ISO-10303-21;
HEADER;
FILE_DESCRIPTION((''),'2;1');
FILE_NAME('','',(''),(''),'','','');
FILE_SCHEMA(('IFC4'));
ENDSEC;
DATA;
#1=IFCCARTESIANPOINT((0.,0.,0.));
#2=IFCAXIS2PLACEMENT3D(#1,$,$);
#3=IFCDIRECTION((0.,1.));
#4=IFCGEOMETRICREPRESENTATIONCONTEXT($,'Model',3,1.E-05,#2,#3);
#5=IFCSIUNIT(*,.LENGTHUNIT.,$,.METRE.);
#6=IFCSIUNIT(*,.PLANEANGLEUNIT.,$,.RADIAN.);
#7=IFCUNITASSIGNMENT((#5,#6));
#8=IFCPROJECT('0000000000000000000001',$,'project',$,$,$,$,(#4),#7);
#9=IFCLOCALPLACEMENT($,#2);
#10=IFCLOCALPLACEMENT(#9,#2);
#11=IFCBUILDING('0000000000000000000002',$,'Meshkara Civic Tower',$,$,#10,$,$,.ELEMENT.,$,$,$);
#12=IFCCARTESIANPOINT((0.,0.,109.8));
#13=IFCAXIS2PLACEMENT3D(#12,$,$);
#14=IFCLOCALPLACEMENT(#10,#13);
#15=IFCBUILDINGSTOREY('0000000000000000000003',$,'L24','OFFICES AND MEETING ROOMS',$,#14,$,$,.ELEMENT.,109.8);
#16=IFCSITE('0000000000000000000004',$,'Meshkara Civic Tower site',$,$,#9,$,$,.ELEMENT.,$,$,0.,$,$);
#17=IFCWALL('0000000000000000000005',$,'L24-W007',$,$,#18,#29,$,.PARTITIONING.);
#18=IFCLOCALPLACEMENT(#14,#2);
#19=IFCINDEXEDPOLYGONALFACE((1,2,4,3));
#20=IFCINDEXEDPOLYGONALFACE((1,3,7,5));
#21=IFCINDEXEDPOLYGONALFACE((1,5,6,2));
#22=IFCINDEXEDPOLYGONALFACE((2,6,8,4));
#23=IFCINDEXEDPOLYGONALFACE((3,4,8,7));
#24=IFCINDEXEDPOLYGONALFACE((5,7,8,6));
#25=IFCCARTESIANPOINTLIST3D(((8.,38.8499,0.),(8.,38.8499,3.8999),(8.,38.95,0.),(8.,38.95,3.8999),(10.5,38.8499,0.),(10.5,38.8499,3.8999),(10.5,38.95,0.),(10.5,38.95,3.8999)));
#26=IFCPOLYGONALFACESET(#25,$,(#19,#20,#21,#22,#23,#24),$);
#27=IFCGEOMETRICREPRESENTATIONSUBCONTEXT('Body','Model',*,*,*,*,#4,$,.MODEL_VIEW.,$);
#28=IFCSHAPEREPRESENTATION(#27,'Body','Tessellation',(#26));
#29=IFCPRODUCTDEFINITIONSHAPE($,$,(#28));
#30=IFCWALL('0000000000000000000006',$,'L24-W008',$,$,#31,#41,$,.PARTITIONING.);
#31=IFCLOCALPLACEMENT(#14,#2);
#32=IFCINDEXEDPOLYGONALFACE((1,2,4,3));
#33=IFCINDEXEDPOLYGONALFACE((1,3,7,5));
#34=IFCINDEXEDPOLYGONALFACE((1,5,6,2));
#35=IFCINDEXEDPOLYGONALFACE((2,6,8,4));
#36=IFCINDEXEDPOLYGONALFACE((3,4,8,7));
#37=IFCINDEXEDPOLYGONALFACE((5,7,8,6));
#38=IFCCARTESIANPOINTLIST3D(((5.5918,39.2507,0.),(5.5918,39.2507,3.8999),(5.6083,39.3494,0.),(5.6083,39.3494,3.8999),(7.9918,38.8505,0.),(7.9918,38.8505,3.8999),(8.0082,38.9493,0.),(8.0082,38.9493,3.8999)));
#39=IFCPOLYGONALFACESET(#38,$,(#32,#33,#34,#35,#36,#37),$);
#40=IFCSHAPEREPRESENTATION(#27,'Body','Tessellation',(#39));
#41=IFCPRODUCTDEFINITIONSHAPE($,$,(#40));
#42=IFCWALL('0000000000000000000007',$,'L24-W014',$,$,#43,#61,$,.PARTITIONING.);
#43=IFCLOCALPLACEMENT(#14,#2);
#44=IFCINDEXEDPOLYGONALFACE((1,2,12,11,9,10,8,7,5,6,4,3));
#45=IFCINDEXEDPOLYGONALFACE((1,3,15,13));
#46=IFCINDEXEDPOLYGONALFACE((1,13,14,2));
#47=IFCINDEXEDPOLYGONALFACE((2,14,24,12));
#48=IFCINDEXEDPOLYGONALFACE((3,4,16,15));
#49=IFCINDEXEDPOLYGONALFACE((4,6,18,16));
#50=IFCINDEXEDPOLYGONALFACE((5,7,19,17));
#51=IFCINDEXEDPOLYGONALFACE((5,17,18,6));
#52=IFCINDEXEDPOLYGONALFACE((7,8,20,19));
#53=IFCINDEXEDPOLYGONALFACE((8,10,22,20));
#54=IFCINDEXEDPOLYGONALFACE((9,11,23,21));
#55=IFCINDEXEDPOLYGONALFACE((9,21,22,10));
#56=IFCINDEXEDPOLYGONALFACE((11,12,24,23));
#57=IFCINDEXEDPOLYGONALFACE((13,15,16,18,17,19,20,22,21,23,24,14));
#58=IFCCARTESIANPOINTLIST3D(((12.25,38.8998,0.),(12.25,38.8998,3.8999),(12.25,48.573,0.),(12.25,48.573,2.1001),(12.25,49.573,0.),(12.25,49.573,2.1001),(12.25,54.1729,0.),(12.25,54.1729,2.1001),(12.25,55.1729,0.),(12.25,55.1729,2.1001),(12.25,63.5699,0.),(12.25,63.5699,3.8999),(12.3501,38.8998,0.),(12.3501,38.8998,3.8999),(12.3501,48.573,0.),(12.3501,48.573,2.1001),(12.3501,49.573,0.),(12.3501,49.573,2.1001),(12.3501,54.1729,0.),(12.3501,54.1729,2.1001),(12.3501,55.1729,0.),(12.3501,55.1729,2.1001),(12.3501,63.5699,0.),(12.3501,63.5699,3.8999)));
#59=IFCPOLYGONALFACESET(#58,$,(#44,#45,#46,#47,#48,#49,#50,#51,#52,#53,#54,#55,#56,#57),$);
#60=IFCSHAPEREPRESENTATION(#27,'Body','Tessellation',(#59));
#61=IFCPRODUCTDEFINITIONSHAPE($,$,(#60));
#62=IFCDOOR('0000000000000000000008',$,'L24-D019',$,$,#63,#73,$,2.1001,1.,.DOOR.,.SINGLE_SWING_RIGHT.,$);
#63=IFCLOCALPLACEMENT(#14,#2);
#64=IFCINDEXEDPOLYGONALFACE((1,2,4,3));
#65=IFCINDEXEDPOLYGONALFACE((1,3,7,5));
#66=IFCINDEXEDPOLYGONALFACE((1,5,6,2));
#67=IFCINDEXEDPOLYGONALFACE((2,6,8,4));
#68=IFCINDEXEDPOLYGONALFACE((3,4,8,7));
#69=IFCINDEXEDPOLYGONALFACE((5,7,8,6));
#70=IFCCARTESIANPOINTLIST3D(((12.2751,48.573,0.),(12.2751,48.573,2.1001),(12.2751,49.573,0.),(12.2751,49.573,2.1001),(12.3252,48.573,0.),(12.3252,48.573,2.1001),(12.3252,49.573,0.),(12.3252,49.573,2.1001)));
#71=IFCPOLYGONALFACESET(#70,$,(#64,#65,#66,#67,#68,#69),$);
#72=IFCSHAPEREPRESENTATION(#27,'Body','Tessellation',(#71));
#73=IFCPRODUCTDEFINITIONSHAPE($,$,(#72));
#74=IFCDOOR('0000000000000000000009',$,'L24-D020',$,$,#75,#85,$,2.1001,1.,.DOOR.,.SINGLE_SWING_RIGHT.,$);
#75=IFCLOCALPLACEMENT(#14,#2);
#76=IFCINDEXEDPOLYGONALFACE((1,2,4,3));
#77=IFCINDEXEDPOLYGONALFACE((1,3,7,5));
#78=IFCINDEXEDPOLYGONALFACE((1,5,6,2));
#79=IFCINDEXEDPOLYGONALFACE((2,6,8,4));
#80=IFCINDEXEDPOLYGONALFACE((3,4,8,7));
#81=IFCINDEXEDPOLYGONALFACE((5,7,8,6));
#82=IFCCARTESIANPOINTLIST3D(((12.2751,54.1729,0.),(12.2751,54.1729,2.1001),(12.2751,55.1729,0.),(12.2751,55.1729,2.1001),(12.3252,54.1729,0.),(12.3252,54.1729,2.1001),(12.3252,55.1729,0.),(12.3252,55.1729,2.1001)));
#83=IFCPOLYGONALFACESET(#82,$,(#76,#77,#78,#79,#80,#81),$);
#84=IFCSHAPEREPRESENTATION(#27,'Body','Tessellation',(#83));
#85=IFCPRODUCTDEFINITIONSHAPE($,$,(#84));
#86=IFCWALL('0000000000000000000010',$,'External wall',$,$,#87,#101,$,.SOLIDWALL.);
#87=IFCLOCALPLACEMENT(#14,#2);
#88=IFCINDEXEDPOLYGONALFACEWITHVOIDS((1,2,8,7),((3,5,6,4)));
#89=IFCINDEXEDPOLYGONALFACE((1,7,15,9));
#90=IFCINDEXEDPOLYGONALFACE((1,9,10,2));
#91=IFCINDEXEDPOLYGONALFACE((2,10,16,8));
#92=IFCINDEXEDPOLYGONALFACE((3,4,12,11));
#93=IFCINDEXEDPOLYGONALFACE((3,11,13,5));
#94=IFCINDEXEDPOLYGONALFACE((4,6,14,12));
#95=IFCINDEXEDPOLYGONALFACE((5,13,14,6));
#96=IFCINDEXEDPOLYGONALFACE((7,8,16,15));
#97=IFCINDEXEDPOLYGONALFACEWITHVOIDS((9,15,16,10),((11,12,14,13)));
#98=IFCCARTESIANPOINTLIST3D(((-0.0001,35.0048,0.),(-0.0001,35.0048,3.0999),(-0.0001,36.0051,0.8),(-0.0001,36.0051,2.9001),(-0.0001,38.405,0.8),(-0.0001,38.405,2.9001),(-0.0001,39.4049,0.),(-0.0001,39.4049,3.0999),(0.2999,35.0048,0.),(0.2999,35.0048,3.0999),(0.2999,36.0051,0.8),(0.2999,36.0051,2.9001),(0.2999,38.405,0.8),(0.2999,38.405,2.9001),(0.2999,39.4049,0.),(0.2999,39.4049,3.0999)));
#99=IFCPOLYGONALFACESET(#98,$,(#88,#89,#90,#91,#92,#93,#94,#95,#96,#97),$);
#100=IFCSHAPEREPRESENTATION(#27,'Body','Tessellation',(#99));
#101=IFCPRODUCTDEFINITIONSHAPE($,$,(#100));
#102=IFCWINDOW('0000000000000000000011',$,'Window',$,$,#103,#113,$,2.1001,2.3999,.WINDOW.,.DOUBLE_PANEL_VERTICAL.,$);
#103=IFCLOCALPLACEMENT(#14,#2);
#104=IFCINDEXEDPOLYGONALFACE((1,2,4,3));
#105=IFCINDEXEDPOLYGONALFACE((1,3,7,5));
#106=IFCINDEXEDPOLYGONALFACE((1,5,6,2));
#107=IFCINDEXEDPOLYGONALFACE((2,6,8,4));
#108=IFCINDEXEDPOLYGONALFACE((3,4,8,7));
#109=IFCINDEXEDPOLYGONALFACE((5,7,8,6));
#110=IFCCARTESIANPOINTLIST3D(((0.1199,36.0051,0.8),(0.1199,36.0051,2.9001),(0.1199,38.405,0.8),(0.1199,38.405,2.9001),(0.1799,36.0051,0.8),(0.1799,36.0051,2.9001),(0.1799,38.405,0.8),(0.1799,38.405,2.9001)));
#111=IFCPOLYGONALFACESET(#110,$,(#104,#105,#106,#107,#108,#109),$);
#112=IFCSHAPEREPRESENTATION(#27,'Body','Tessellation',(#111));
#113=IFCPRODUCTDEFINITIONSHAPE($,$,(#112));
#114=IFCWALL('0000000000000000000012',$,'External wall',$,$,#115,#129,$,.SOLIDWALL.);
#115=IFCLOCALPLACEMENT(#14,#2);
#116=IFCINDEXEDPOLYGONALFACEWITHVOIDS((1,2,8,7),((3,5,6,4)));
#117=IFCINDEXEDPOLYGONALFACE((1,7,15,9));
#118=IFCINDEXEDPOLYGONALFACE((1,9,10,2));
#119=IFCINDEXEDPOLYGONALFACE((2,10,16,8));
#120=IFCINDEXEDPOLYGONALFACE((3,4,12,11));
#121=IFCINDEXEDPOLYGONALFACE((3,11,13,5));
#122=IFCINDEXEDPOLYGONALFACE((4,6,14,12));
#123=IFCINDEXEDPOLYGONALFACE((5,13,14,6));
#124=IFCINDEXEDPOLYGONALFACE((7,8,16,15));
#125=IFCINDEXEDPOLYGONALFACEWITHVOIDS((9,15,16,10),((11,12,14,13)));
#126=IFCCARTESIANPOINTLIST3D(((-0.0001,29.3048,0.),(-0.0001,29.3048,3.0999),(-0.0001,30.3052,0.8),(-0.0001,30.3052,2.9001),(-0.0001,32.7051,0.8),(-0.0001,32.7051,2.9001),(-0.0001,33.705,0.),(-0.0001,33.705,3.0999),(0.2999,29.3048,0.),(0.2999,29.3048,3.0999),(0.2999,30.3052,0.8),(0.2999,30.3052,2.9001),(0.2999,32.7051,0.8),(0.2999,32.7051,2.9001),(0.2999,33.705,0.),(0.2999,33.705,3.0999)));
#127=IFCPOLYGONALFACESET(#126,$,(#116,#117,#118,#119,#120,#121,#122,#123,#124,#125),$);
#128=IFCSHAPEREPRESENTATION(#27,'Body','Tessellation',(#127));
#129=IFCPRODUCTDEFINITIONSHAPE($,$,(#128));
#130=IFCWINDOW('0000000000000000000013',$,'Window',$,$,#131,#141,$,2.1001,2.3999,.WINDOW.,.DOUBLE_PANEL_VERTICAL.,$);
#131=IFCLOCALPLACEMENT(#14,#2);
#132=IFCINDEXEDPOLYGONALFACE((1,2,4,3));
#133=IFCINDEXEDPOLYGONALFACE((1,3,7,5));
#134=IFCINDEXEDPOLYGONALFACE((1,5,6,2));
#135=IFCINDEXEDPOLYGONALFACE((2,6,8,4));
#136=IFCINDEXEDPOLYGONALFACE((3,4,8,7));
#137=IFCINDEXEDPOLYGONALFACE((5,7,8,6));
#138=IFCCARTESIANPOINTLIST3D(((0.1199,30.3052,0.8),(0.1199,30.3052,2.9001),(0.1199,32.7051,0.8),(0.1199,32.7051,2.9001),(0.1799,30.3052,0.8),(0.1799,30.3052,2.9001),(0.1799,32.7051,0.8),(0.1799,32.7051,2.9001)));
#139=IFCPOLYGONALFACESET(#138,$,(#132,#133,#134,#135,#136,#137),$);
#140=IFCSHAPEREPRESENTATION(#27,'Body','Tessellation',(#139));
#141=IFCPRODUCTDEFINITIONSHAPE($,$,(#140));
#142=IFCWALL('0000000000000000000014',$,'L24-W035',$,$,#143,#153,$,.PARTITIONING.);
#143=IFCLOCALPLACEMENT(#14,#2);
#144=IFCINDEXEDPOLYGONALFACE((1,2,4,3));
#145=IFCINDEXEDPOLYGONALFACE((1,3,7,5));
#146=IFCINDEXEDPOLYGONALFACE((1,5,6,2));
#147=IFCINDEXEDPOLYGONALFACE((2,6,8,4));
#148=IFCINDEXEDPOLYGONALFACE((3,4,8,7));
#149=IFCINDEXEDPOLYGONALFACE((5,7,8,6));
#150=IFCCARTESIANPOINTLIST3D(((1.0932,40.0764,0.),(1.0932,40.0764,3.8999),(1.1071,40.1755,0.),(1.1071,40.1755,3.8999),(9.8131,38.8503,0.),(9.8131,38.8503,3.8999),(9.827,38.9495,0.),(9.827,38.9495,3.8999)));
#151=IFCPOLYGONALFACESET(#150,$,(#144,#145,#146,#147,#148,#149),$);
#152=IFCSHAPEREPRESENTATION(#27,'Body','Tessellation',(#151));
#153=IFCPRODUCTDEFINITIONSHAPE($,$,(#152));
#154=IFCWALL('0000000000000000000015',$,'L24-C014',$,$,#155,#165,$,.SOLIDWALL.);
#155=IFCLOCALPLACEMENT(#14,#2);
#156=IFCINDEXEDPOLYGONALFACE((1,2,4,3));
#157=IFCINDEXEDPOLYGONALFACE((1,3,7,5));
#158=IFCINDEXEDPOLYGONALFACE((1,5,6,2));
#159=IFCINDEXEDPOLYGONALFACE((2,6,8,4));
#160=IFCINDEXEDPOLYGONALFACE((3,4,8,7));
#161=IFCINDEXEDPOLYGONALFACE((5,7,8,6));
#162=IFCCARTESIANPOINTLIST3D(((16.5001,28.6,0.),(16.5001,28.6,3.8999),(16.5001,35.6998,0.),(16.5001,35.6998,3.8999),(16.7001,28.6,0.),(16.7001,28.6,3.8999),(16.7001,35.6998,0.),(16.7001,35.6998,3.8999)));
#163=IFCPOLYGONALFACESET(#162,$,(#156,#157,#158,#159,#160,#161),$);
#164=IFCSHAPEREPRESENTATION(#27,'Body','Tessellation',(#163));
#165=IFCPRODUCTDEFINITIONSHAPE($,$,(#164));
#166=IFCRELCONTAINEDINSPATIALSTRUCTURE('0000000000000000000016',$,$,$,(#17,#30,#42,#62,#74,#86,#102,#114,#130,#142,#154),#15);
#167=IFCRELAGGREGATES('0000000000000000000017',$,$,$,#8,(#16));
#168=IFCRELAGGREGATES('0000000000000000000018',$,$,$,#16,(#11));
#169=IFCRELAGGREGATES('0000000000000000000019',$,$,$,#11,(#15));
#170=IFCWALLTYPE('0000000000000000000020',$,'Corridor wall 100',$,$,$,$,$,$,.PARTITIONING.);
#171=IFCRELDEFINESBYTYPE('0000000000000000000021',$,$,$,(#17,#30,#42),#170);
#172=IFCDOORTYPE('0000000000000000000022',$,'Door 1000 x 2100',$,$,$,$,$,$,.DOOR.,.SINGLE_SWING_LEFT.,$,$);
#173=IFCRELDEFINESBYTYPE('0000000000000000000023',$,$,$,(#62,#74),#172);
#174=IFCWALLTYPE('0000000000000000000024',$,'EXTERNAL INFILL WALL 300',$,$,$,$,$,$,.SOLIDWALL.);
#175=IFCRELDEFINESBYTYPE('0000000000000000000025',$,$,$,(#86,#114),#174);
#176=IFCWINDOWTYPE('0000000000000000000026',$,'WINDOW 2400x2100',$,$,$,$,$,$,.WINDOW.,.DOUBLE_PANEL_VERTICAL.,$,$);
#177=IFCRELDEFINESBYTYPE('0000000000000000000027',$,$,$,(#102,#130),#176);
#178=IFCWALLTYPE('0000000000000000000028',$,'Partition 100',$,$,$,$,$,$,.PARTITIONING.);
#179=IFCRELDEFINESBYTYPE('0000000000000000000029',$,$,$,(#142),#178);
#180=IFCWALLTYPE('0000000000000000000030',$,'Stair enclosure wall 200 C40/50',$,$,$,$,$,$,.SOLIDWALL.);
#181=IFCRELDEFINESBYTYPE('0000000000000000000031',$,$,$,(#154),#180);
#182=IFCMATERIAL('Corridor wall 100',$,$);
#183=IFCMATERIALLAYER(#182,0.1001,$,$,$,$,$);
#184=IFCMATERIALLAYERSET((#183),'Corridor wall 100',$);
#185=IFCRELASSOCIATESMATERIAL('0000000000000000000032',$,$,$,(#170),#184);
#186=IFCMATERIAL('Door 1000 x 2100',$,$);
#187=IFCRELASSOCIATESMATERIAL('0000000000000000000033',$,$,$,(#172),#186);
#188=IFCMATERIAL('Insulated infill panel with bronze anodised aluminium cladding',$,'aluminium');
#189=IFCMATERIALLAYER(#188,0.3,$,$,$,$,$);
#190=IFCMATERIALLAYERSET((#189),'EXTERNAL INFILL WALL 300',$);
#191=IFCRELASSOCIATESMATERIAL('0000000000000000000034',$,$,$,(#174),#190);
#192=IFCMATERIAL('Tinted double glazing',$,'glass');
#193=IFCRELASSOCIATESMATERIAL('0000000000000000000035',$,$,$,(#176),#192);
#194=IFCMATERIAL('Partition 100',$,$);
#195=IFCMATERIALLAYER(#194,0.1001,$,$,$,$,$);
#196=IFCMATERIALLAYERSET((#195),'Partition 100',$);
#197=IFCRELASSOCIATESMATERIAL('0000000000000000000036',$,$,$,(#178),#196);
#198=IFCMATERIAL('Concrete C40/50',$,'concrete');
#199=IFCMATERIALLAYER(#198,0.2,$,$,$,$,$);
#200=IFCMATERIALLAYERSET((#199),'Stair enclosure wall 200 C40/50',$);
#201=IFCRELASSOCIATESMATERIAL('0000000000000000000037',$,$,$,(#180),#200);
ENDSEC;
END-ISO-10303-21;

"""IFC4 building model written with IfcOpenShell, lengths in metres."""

from ifc_helpers import new_model, si_unit, direction, frame, frame_2d, origin, place, context, subcontext, project, spatial, rectangle, extrude, material, layer, layer_set, type_object, element, fill, save


model = new_model("IFC4")

# Units and contexts
model_context = context("Model", 3, precision=1e-05, world=origin(), true_north=direction((0.0, 1.0)))
body_context = subcontext(model_context, "Body", "Model", "MODEL_VIEW")
ifc_project = project(units=[si_unit("LENGTHUNIT", "METRE"), si_unit("PLANEANGLEUNIT", "RADIAN")], contexts=[model_context])

# Site, building, storey
site_placement = place(None, origin())
site = spatial("IfcSite", under=ifc_project, at=site_placement, Name="Meshkara Civic Tower site", CompositionType="ELEMENT", RefElevation=0.0)
building_placement = place(site_placement, origin())
building = spatial("IfcBuilding", under=site, at=building_placement, Name="Meshkara Civic Tower", CompositionType="ELEMENT")
storey_placement = place(building_placement, frame((0.0, 0.0, 109.8)))
storey = spatial("IfcBuildingStorey", under=building, at=storey_placement, Name="L24", Description="OFFICES AND MEETING ROOMS", CompositionType="ELEMENT", Elevation=109.8)

# Shared definitions
ifc_material_1 = material(Name="Corridor wall 100")
ifc_layer_1 = layer(ifc_material_1, 0.1001)
ifc_layer_set_1 = layer_set([ifc_layer_1], Name="Corridor wall 100")
wall_type_1 = type_object("IfcWallType", Name="Corridor wall 100", PredefinedType="PARTITIONING", material=ifc_layer_set_1)
ifc_material_2 = material(Name="Door 1000 x 2100")
door_type_1 = type_object("IfcDoorType", Name="Door 1000 x 2100", OperationType="SINGLE_SWING_LEFT", PredefinedType="DOOR", material=ifc_material_2)

# Walls
wall_1_placement = place(storey_placement, frame((8.0, 38.8999, 0.0), z_axis=(0.0, 0.0, 1.0), x_axis=(1.0, 0.0, 0.0)))
element("IfcWall", 1, at=wall_1_placement, inside=storey, type_object=wall_type_1, Name="L24-W007", PredefinedType="PARTITIONING", context=body_context, shape_type="SweptSolid", body=[
    extrude(rectangle(XDim=2.5, YDim=0.1001, at=frame_2d((1.25, 0.0))), origin(), (0.0, 0.0, 1.0), 3.8999),
])
wall_2_placement = place(storey_placement, frame((8.0, 38.8999, 0.0), z_axis=(0.0, 0.0, 1.0), x_axis=(-0.986383, 0.164464, 0.0)))
element("IfcWall", 2, at=wall_2_placement, inside=storey, type_object=wall_type_1, Name="L24-W008", PredefinedType="PARTITIONING", context=body_context, shape_type="SweptSolid", body=[
    extrude(rectangle(XDim=2.4331, YDim=0.1001, at=frame_2d((1.2166, 0.0))), origin(), (0.0, 0.0, 1.0), 3.8999),
])

# Wall, openings, doors
wall_3_placement = place(storey_placement, frame((12.3, 38.8999, 0.0), z_axis=(0.0, 0.0, 1.0), x_axis=(0.0, 1.0, 0.0)))
wall_3 = element("IfcWall", 3, at=wall_3_placement, inside=storey, type_object=wall_type_1, Name="L24-W014", PredefinedType="PARTITIONING", context=body_context, shape_type="SweptSolid", body=[
    extrude(rectangle(XDim=24.6702, YDim=0.1001, at=frame_2d((12.335, 0.0))), origin(), (0.0, 0.0, 1.0), 3.8999),
])
opening_1_placement = place(wall_3_placement, frame((9.6731, 0.0, 0.0)))
opening_1 = element("IfcOpeningElement", 4, at=opening_1_placement, cuts=wall_3, PredefinedType="OPENING", context=body_context, shape_type="SweptSolid", body=[
    extrude(rectangle(XDim=1.0, YDim=2.1001, at=frame_2d((0.5, 1.05))), frame((0.0, 0.0601, 0.0), z_axis=(0.0, -1.0, 0.0), x_axis=(1.0, 0.0, 0.0)), (0.0, 0.0, 1.0), 0.1201),
])
opening_2_placement = place(wall_3_placement, frame((15.2729, 0.0, 0.0)))
opening_2 = element("IfcOpeningElement", 5, at=opening_2_placement, cuts=wall_3, PredefinedType="OPENING", context=body_context, shape_type="SweptSolid", body=[
    extrude(rectangle(XDim=1.0, YDim=2.1001, at=frame_2d((0.5, 1.05))), frame((0.0, 0.0601, 0.0), z_axis=(0.0, -1.0, 0.0), x_axis=(1.0, 0.0, 0.0)), (0.0, 0.0, 1.0), 0.1201),
])
door_1_placement = place(opening_1_placement, origin())
door_1 = element("IfcDoor", 6, at=door_1_placement, inside=storey, type_object=door_type_1, Name="L24-D019", OperationType="SINGLE_SWING_RIGHT", OverallHeight=2.1001, OverallWidth=1.0, PredefinedType="DOOR", context=body_context, shape_type="SweptSolid", body=[
    extrude(rectangle(XDim=1.0, YDim=2.1001, at=frame_2d((0.5, 1.05))), frame((0.0, 0.0249, 0.0), z_axis=(0.0, -1.0, 0.0), x_axis=(1.0, 0.0, 0.0)), (0.0, 0.0, 1.0), 0.05),
])
fill(opening_1, door_1)
door_2_placement = place(opening_2_placement, origin())
door_2 = element("IfcDoor", 7, at=door_2_placement, inside=storey, type_object=door_type_1, Name="L24-D020", OperationType="SINGLE_SWING_RIGHT", OverallHeight=2.1001, OverallWidth=1.0, PredefinedType="DOOR", context=body_context, shape_type="SweptSolid", body=[
    extrude(rectangle(XDim=1.0, YDim=2.1001, at=frame_2d((0.5, 1.05))), frame((0.0, 0.0249, 0.0), z_axis=(0.0, -1.0, 0.0), x_axis=(1.0, 0.0, 0.0)), (0.0, 0.0, 1.0), 0.05),
])
fill(opening_2, door_2)

# Walls, openings, windows
ifc_material_3 = material(Name="Insulated infill panel with bronze anodised aluminium cladding", Category="aluminium")
ifc_layer_2 = layer(ifc_material_3, 0.3)
ifc_layer_set_2 = layer_set([ifc_layer_2], Name="EXTERNAL INFILL WALL 300")
wall_type_2 = type_object("IfcWallType", Name="EXTERNAL INFILL WALL 300", PredefinedType="SOLIDWALL", material=ifc_layer_set_2)
wall_4_placement = place(storey_placement, frame((0.1499, 39.405, 0.0), z_axis=(0.0, 0.0, 1.0), x_axis=(0.0, -1.0, 0.0)))
wall_4 = element("IfcWall", 8, at=wall_4_placement, inside=storey, type_object=wall_type_2, Name="External wall", PredefinedType="SOLIDWALL", context=body_context, shape_type="SweptSolid", body=[
    extrude(rectangle(XDim=4.4001, YDim=0.3, at=frame_2d((2.2002, 0.0))), origin(), (0.0, 0.0, 1.0), 3.0999),
])
opening_3_placement = place(wall_4_placement, frame((1.0, 0.0, 0.8)))
opening_3 = element("IfcOpeningElement", 9, at=opening_3_placement, cuts=wall_4, PredefinedType="OPENING", context=body_context, shape_type="SweptSolid", body=[
    extrude(rectangle(XDim=2.3999, YDim=2.1001, at=frame_2d((1.2, 1.05))), frame((0.0, 0.1599, 0.0), z_axis=(0.0, -1.0, 0.0), x_axis=(1.0, 0.0, 0.0)), (0.0, 0.0, 1.0), 0.3201),
])
ifc_material_4 = material(Name="Tinted double glazing", Category="glass")
window_type = type_object("IfcWindowType", Name="WINDOW 2400x2100", PartitioningType="DOUBLE_PANEL_VERTICAL", PredefinedType="WINDOW", material=ifc_material_4)
window_1_placement = place(opening_3_placement, origin())
window_1 = element("IfcWindow", 10, at=window_1_placement, inside=storey, type_object=window_type, Name="Window", OverallHeight=2.1001, OverallWidth=2.3999, PartitioningType="DOUBLE_PANEL_VERTICAL", PredefinedType="WINDOW", context=body_context, shape_type="SweptSolid", body=[
    extrude(rectangle(XDim=2.3999, YDim=2.1001, at=frame_2d((1.2, 1.05))), frame((0.0, 0.03, 0.0), z_axis=(0.0, -1.0, 0.0), x_axis=(1.0, 0.0, 0.0)), (0.0, 0.0, 1.0), 0.0601),
])
fill(opening_3, window_1)
wall_5_placement = place(storey_placement, frame((0.1499, 33.7051, 0.0), z_axis=(0.0, 0.0, 1.0), x_axis=(0.0, -1.0, 0.0)))
wall_5 = element("IfcWall", 11, at=wall_5_placement, inside=storey, type_object=wall_type_2, Name="External wall", PredefinedType="SOLIDWALL", context=body_context, shape_type="SweptSolid", body=[
    extrude(rectangle(XDim=4.4001, YDim=0.3, at=frame_2d((2.2002, 0.0))), origin(), (0.0, 0.0, 1.0), 3.0999),
])
opening_4_placement = place(wall_5_placement, frame((1.0, 0.0, 0.8)))
opening_4 = element("IfcOpeningElement", 12, at=opening_4_placement, cuts=wall_5, PredefinedType="OPENING", context=body_context, shape_type="SweptSolid", body=[
    extrude(rectangle(XDim=2.3999, YDim=2.1001, at=frame_2d((1.2, 1.05))), frame((0.0, 0.1599, 0.0), z_axis=(0.0, -1.0, 0.0), x_axis=(1.0, 0.0, 0.0)), (0.0, 0.0, 1.0), 0.3201),
])
window_2_placement = place(opening_4_placement, origin())
window_2 = element("IfcWindow", 13, at=window_2_placement, inside=storey, type_object=window_type, Name="Window", OverallHeight=2.1001, OverallWidth=2.3999, PartitioningType="DOUBLE_PANEL_VERTICAL", PredefinedType="WINDOW", context=body_context, shape_type="SweptSolid", body=[
    extrude(rectangle(XDim=2.3999, YDim=2.1001, at=frame_2d((1.2, 1.05))), frame((0.0, 0.03, 0.0), z_axis=(0.0, -1.0, 0.0), x_axis=(1.0, 0.0, 0.0)), (0.0, 0.0, 1.0), 0.0601),
])
fill(opening_4, window_2)

# Walls
ifc_material_5 = material(Name="Partition 100")
ifc_layer_3 = layer(ifc_material_5, 0.1001)
ifc_layer_set_3 = layer_set([ifc_layer_3], Name="Partition 100")
wall_type_3 = type_object("IfcWallType", Name="Partition 100", PredefinedType="PARTITIONING", material=ifc_layer_set_3)
wall_6_placement = place(storey_placement, frame((9.8201, 38.8999, 0.0), z_axis=(0.0, 0.0, 1.0), x_axis=(-0.990259, 0.139236, 0.0)))
element("IfcWall", 14, at=wall_6_placement, inside=storey, type_object=wall_type_3, Name="L24-W035", PredefinedType="PARTITIONING", context=body_context, shape_type="SweptSolid", body=[
    extrude(rectangle(XDim=8.8057, YDim=0.1001, at=frame_2d((4.4028, 0.0))), origin(), (0.0, 0.0, 1.0), 3.8999),
])
ifc_material_6 = material(Name="Concrete C40/50", Category="concrete")
ifc_layer_4 = layer(ifc_material_6, 0.2)
ifc_layer_set_4 = layer_set([ifc_layer_4], Name="Stair enclosure wall 200 C40/50")
wall_type_4 = type_object("IfcWallType", Name="Stair enclosure wall 200 C40/50", PredefinedType="SOLIDWALL", material=ifc_layer_set_4)
wall_7_placement = place(storey_placement, frame((16.6001, 28.6001, 0.0), z_axis=(0.0, 0.0, 1.0), x_axis=(0.0, 1.0, 0.0)))
element("IfcWall", 15, at=wall_7_placement, inside=storey, type_object=wall_type_4, Name="L24-C014", PredefinedType="SOLIDWALL", context=body_context, shape_type="SweptSolid", body=[
    extrude(rectangle(XDim=7.0999, YDim=0.2, at=frame_2d((3.5498, 0.0))), origin(), (0.0, 0.0, 1.0), 3.8999),
])

save(model, "model.ifc")
